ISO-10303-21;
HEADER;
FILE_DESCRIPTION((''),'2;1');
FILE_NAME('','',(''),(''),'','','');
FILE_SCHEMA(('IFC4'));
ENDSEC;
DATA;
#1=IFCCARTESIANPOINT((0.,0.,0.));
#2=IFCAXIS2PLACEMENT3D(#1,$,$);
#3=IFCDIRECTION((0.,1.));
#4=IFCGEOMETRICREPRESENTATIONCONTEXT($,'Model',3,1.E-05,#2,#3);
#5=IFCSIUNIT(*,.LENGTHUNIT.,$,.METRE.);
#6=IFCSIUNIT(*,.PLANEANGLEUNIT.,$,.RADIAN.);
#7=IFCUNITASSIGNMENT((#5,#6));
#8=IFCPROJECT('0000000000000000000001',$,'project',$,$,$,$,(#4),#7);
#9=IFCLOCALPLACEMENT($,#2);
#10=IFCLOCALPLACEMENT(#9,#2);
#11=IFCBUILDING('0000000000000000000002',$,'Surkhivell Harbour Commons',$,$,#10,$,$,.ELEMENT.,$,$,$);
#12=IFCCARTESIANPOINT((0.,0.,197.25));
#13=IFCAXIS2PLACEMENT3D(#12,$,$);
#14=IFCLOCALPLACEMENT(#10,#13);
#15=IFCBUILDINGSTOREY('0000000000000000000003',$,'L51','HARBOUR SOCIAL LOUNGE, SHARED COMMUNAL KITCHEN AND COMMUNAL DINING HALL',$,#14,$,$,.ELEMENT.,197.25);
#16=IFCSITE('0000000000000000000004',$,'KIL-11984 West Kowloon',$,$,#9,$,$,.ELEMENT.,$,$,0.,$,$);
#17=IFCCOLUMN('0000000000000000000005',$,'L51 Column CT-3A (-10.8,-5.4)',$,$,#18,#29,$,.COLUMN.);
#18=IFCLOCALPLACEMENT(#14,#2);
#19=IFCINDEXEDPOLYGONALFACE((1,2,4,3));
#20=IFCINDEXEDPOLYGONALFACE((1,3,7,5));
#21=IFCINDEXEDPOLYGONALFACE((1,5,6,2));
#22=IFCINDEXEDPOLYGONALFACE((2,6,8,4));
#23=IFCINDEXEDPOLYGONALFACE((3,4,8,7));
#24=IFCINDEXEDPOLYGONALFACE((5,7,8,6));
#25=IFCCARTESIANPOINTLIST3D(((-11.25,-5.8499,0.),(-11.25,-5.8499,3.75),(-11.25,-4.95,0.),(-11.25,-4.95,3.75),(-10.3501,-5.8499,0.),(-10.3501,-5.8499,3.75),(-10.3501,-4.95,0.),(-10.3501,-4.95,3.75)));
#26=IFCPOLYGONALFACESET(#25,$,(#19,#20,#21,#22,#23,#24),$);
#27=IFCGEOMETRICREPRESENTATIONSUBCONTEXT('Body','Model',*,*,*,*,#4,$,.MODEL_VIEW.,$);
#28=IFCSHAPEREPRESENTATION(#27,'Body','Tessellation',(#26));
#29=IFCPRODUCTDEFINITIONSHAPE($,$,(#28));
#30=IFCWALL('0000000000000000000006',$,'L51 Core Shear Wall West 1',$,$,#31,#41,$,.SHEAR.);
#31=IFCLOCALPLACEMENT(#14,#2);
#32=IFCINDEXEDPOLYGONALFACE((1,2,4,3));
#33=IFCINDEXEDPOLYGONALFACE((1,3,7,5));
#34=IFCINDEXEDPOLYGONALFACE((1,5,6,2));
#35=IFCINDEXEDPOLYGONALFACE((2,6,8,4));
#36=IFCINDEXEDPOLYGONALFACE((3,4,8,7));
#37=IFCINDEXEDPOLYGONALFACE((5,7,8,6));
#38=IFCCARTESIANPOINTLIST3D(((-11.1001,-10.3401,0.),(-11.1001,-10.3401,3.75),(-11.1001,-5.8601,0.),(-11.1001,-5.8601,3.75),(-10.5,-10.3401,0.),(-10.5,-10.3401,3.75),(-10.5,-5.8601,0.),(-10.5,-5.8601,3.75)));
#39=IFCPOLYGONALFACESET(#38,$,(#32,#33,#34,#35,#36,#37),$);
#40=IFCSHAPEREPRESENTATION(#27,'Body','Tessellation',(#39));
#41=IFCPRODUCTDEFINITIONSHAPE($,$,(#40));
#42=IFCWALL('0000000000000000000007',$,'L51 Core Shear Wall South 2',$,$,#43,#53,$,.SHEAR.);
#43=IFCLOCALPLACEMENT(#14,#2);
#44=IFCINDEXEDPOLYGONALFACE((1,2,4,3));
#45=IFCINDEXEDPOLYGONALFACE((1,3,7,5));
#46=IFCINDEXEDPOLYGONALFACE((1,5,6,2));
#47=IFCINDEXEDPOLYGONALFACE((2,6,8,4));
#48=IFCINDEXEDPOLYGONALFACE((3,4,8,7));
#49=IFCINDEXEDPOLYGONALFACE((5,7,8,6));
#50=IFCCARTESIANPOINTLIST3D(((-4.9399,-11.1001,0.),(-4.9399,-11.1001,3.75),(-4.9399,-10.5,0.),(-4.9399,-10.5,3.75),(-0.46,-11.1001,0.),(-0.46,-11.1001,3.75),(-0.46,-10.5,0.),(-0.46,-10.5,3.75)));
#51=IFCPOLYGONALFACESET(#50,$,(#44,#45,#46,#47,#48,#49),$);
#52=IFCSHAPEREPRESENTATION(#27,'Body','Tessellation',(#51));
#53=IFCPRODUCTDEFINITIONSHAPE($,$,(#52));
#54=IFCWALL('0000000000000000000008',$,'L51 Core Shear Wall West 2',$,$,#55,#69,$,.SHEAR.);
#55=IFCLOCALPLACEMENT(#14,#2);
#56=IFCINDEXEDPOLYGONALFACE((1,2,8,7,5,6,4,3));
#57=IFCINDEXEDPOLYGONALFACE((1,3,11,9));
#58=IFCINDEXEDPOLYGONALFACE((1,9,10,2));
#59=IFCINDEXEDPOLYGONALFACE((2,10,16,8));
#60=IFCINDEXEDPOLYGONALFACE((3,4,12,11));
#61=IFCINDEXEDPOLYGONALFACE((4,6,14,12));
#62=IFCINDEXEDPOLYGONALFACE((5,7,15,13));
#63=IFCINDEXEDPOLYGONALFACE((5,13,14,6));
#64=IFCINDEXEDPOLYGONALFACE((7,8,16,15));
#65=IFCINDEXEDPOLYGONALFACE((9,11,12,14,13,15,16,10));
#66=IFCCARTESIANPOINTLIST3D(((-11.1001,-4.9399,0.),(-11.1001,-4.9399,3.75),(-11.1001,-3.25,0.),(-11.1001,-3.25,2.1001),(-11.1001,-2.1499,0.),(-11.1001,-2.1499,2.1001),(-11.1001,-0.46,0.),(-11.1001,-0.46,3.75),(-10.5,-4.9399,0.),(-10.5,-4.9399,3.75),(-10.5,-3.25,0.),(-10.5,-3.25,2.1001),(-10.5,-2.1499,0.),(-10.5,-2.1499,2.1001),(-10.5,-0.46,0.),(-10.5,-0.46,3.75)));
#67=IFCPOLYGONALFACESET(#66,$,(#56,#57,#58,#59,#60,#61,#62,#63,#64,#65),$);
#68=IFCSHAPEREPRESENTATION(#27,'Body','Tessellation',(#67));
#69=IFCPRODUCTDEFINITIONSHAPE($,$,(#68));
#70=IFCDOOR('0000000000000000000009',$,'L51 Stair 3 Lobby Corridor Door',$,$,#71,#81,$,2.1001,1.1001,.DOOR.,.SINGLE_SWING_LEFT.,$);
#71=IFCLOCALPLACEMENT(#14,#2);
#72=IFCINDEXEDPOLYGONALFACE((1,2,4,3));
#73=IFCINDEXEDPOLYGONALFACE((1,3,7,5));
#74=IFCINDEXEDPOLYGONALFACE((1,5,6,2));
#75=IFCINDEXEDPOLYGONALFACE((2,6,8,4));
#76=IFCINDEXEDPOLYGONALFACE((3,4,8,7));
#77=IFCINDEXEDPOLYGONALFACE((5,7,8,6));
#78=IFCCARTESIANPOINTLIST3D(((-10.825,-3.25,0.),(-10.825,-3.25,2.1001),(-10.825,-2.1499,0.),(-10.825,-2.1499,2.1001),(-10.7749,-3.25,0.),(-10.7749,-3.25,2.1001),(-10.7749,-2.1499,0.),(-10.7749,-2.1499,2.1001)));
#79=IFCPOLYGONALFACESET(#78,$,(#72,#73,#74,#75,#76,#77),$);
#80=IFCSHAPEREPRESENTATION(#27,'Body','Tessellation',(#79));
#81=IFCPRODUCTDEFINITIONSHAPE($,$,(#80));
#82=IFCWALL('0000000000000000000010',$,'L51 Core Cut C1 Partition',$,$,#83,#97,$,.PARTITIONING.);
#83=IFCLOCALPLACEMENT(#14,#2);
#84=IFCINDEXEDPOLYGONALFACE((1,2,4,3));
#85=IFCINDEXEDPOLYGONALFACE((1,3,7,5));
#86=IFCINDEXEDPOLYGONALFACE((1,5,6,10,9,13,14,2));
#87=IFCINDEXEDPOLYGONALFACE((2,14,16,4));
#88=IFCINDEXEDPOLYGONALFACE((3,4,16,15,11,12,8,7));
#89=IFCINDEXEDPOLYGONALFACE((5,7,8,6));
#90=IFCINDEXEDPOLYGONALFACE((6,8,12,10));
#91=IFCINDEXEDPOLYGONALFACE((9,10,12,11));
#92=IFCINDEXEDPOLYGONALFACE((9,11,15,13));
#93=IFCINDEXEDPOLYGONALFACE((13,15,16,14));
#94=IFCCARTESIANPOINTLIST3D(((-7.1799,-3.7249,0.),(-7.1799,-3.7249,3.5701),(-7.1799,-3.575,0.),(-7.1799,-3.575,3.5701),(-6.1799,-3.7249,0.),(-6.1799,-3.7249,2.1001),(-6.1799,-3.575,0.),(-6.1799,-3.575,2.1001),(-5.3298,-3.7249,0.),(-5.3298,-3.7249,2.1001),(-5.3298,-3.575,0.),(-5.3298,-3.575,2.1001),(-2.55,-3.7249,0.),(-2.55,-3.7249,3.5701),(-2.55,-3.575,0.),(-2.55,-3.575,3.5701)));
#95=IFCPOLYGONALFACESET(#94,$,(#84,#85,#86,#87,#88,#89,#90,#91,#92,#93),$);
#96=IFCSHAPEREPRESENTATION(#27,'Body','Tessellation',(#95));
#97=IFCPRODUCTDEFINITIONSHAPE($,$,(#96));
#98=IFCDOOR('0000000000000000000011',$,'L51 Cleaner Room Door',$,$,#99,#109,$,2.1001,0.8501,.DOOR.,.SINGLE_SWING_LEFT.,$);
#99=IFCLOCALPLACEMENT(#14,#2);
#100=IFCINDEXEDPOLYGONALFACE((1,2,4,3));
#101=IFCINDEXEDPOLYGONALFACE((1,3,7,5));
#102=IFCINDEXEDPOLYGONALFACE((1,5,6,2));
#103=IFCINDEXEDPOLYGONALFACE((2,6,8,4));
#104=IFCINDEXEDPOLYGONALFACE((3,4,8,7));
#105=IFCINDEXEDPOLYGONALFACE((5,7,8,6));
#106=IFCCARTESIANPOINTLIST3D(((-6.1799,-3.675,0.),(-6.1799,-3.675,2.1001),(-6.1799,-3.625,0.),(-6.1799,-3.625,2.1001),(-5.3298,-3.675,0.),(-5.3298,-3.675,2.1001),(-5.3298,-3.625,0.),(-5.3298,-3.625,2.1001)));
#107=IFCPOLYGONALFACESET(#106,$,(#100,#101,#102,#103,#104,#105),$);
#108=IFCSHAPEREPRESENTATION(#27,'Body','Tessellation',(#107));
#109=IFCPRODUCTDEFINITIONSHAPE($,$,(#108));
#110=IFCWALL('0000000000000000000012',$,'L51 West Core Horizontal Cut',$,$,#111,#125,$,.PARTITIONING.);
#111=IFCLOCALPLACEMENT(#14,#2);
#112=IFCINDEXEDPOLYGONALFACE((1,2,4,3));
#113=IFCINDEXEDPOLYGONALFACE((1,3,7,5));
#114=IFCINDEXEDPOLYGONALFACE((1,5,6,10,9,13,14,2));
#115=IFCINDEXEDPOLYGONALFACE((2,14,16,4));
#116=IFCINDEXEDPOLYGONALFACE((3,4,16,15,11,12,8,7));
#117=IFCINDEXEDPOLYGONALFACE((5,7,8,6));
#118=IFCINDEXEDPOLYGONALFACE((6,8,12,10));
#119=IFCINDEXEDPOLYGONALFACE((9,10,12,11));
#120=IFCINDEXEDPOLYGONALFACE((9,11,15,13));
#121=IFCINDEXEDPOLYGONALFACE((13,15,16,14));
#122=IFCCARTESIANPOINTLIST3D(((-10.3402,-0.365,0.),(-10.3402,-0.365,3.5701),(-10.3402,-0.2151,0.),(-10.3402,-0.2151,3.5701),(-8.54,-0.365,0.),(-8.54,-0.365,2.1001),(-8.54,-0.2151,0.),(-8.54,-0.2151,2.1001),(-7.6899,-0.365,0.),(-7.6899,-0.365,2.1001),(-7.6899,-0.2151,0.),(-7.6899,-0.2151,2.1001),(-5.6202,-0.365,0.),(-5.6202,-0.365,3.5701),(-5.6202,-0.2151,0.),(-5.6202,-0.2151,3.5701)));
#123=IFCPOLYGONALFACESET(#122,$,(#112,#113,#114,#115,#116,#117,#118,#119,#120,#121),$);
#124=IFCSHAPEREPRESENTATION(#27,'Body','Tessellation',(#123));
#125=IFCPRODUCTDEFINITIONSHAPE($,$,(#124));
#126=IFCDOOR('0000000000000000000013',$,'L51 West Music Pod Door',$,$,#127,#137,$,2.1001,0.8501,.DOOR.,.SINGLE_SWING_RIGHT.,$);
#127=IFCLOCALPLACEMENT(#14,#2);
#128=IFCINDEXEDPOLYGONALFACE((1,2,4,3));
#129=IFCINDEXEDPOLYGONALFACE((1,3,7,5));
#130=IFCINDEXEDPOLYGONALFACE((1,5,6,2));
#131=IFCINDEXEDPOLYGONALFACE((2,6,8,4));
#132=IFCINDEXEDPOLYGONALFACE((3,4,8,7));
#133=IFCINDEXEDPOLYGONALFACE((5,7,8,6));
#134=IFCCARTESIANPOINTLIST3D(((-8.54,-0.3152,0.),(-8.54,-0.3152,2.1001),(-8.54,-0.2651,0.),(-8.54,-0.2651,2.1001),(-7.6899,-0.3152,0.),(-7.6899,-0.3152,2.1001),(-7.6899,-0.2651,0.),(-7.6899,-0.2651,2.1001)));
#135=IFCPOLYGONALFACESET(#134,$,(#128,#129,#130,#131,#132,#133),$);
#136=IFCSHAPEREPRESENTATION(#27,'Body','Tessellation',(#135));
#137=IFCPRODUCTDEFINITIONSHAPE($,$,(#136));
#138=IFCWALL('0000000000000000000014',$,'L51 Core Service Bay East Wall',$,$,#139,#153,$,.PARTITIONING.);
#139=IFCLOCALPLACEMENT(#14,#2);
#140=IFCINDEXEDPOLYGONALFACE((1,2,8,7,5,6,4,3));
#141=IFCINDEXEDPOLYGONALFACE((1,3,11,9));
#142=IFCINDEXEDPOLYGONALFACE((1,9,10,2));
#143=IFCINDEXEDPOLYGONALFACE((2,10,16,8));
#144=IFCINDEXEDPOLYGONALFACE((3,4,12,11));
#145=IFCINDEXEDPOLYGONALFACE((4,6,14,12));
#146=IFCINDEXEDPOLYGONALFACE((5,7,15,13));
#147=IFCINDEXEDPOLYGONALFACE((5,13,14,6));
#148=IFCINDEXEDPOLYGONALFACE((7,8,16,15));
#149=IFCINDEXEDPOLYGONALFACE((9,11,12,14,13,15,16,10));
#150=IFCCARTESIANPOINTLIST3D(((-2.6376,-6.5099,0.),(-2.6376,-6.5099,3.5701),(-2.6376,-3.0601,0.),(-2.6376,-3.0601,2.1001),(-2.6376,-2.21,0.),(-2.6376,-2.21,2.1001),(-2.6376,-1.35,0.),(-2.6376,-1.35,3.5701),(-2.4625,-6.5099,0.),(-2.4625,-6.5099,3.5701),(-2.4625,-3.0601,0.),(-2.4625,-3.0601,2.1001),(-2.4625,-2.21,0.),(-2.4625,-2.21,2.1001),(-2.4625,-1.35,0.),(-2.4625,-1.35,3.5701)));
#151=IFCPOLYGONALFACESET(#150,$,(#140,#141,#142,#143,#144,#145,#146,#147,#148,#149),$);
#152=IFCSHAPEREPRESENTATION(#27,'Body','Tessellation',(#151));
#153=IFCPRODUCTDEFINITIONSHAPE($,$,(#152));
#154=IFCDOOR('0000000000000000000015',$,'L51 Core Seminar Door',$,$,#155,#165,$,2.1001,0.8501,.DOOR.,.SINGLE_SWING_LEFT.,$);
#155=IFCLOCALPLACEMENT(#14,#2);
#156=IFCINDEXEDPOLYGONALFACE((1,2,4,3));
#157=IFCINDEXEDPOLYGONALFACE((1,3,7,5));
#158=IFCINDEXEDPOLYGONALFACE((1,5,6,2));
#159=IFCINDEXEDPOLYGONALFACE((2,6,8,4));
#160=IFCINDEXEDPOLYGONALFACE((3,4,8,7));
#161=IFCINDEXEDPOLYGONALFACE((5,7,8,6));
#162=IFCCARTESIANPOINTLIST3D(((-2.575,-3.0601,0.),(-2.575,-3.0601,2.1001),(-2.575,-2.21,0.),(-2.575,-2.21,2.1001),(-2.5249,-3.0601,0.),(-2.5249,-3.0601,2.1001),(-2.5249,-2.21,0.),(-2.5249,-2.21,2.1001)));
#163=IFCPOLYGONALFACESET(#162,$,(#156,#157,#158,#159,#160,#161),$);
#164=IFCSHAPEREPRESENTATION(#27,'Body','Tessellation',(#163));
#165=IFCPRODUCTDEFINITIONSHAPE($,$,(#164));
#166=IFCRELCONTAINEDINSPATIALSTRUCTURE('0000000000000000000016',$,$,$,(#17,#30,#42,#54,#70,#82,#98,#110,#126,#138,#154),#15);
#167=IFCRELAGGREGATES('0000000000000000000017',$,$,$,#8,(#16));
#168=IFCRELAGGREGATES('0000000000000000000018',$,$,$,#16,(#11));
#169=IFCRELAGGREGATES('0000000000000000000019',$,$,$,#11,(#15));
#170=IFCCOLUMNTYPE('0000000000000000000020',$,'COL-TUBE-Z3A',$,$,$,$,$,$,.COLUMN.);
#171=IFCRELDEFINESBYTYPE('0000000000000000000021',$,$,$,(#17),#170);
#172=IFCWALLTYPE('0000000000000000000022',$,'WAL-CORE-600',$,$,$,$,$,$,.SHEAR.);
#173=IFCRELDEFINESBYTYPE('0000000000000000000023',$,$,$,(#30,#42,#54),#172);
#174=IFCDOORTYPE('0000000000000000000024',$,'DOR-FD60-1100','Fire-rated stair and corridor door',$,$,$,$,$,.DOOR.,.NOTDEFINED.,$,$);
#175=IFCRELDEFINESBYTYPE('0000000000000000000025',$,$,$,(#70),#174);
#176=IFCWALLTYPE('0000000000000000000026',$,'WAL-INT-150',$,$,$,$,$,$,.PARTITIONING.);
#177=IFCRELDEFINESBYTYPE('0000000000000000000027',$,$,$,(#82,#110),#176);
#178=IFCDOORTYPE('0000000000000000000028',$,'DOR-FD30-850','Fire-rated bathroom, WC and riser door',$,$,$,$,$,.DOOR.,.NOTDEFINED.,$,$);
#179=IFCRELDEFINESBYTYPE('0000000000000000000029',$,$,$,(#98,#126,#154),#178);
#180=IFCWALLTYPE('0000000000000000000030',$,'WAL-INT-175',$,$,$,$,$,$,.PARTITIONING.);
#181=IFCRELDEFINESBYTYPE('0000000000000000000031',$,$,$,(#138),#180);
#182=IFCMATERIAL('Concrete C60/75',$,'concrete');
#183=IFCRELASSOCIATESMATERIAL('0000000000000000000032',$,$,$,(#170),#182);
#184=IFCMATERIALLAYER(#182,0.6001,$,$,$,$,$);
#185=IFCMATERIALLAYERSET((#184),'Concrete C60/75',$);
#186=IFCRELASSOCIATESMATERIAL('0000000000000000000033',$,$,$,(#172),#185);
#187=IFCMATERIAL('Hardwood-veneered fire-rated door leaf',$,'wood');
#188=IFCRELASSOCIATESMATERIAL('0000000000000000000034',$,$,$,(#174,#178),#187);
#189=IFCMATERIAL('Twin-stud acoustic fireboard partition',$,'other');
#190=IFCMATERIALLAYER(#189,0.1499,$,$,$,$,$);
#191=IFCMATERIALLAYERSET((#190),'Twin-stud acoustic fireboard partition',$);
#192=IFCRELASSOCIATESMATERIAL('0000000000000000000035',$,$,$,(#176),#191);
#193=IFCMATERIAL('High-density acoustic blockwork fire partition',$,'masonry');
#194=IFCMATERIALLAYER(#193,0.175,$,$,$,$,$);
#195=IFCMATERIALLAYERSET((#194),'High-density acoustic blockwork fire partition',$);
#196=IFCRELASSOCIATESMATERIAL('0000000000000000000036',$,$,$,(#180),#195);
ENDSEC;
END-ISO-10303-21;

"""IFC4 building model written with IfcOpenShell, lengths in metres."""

from ifc_helpers import new_model, si_unit, direction, frame, frame_2d, origin, origin_2d, place, context, subcontext, project, spatial, rectangle, extrude, material, layer, layer_set, material_profile, profile_set, type_object, element, fill, save


model = new_model("IFC4")

# Units and contexts
model_context = context("Model", 3, precision=1e-05, world=origin(), true_north=direction((0.0, 1.0)))
body_context = subcontext(model_context, "Body", "Model", "MODEL_VIEW")
ifc_project = project(units=[si_unit("LENGTHUNIT", "METRE"), si_unit("PLANEANGLEUNIT", "RADIAN")], contexts=[model_context])

# Site, building, storey
site_placement = place(None, origin())
site = spatial("IfcSite", under=ifc_project, at=site_placement, Name="KIL-11984 West Kowloon", CompositionType="ELEMENT", RefElevation=0.0)
building_placement = place(site_placement, origin())
building = spatial("IfcBuilding", under=site, at=building_placement, Name="Surkhivell Harbour Commons", CompositionType="ELEMENT")
storey_placement = place(building_placement, frame((0.0, 0.0, 197.25)))
storey = spatial("IfcBuildingStorey", under=building, at=storey_placement, Name="L51", Description="HARBOUR SOCIAL LOUNGE, SHARED COMMUNAL KITCHEN AND COMMUNAL DINING HALL", CompositionType="ELEMENT", Elevation=197.25)

# Column
ifc_material_1 = material(Name="Concrete C60/75", Category="concrete")
ifc_material_profile = material_profile(ifc_material_1, rectangle(XDim=0.8999, YDim=0.8999, at=origin_2d()), Name="RC-COL-900x900")
ifc_profile_set = profile_set([ifc_material_profile], Name="Concrete C60/75")
column_type = type_object("IfcColumnType", Name="COL-TUBE-Z3A", PredefinedType="COLUMN", material=ifc_profile_set)
column_placement = place(storey_placement, frame((-10.8, -5.3999, 0.0), z_axis=(0.0, 0.0, 1.0), x_axis=(1.0, 0.0, 0.0)))
element("IfcColumn", 1, at=column_placement, inside=storey, type_object=column_type, Name="L51 Column CT-3A (-10.8,-5.4)", PredefinedType="COLUMN", context=body_context, shape_type="SweptSolid", body=[
    extrude(rectangle(XDim=0.8999, YDim=0.8999, at=origin_2d()), origin(), (0.0, 0.0, 1.0), 3.75),
])

# Walls
ifc_layer_1 = layer(ifc_material_1, 0.6001)
ifc_layer_set_1 = layer_set([ifc_layer_1], Name="Concrete C60/75")
wall_type_1 = type_object("IfcWallType", Name="WAL-CORE-600", PredefinedType="SHEAR", material=ifc_layer_set_1)
for number, where, z_axis, x_axis, name in (
    (2, (-10.8, -10.3401, 0.0), (0.0, 0.0, 1.0), (0.0, 1.0, 0.0), "L51 Core Shear Wall West 1"),
    (3, (-4.9399, -10.8, 0.0), (0.0, 0.0, 1.0), (1.0, 0.0, 0.0), "L51 Core Shear Wall South 2"),
):
    element("IfcWall", number, at=place(storey_placement, frame(where, z_axis=z_axis, x_axis=x_axis)), inside=storey, type_object=wall_type_1, Name=name, PredefinedType="SHEAR", context=body_context, shape_type="SweptSolid", body=[
        extrude(rectangle(XDim=4.48, YDim=0.6001, at=frame_2d((2.24, 0.0))), origin(), (0.0, 0.0, 1.0), 3.75),
    ])

# Walls, openings, doors
wall_1_placement = place(storey_placement, frame((-10.8, -4.9399, 0.0), z_axis=(0.0, 0.0, 1.0), x_axis=(0.0, 1.0, 0.0)))
wall_1 = element("IfcWall", 4, at=wall_1_placement, inside=storey, type_object=wall_type_1, Name="L51 Core Shear Wall West 2", PredefinedType="SHEAR", context=body_context, shape_type="SweptSolid", body=[
    extrude(rectangle(XDim=4.48, YDim=0.6001, at=frame_2d((2.24, 0.0))), origin(), (0.0, 0.0, 1.0), 3.75),
])
opening_1_placement = place(wall_1_placement, frame((1.6899, 0.0, 0.0)))
opening_1 = element("IfcOpeningElement", 5, at=opening_1_placement, cuts=wall_1, PredefinedType="OPENING", context=body_context, shape_type="SweptSolid", body=[
    extrude(rectangle(XDim=1.1001, YDim=2.1001, at=frame_2d((0.55, 1.05))), frame((0.0, 0.3101, 0.0), z_axis=(0.0, -1.0, 0.0), x_axis=(1.0, 0.0, 0.0)), (0.0, 0.0, 1.0), 0.6201),
])
ifc_material_2 = material(Name="Hardwood-veneered fire-rated door leaf", Category="wood")
door_type_1 = type_object("IfcDoorType", Name="DOR-FD60-1100", Description="Fire-rated stair and corridor door", OperationType="NOTDEFINED", PredefinedType="DOOR", material=ifc_material_2)
door_1_placement = place(opening_1_placement, origin())
door_1 = element("IfcDoor", 6, at=door_1_placement, inside=storey, type_object=door_type_1, Name="L51 Stair 3 Lobby Corridor Door", OperationType="SINGLE_SWING_LEFT", OverallHeight=2.1001, OverallWidth=1.1001, PredefinedType="DOOR", context=body_context, shape_type="SweptSolid", body=[
    extrude(rectangle(XDim=1.1001, YDim=2.1001, at=frame_2d((0.55, 1.05))), frame((0.0, 0.0249, 0.0), z_axis=(0.0, -1.0, 0.0), x_axis=(1.0, 0.0, 0.0)), (0.0, 0.0, 1.0), 0.05),
])
fill(opening_1, door_1)
ifc_material_3 = material(Name="Twin-stud acoustic fireboard partition", Category="other")
ifc_layer_2 = layer(ifc_material_3, 0.1499)
ifc_layer_set_2 = layer_set([ifc_layer_2], Name="Twin-stud acoustic fireboard partition")
wall_type_2 = type_object("IfcWallType", Name="WAL-INT-150", PredefinedType="PARTITIONING", material=ifc_layer_set_2)
wall_2_placement = place(storey_placement, frame((-7.1799, -3.6499, 0.0), z_axis=(0.0, 0.0, 1.0), x_axis=(1.0, 0.0, 0.0)))
wall_2 = element("IfcWall", 7, at=wall_2_placement, inside=storey, type_object=wall_type_2, Name="L51 Core Cut C1 Partition", PredefinedType="PARTITIONING", context=body_context, shape_type="SweptSolid", body=[
    extrude(rectangle(XDim=4.6299, YDim=0.1499, at=frame_2d((2.3149, 0.0))), origin(), (0.0, 0.0, 1.0), 3.5701),
])
opening_2_placement = place(wall_2_placement, frame((1.0, 0.0, 0.0)))
opening_2 = element("IfcOpeningElement", 8, at=opening_2_placement, cuts=wall_2, PredefinedType="OPENING", context=body_context, shape_type="SweptSolid", body=[
    extrude(rectangle(XDim=0.8501, YDim=2.1001, at=frame_2d((0.425, 1.05))), frame((0.0, 0.085, 0.0), z_axis=(0.0, -1.0, 0.0), x_axis=(1.0, 0.0, 0.0)), (0.0, 0.0, 1.0), 0.1699),
])
door_type_2 = type_object("IfcDoorType", Name="DOR-FD30-850", Description="Fire-rated bathroom, WC and riser door", OperationType="NOTDEFINED", PredefinedType="DOOR", material=ifc_material_2)
door_2_placement = place(opening_2_placement, origin())
door_2 = element("IfcDoor", 9, at=door_2_placement, inside=storey, type_object=door_type_2, Name="L51 Cleaner Room Door", OperationType="SINGLE_SWING_LEFT", OverallHeight=2.1001, OverallWidth=0.8501, PredefinedType="DOOR", context=body_context, shape_type="SweptSolid", body=[
    extrude(rectangle(XDim=0.8501, YDim=2.1001, at=frame_2d((0.425, 1.05))), frame((0.0, 0.0249, 0.0), z_axis=(0.0, -1.0, 0.0), x_axis=(1.0, 0.0, 0.0)), (0.0, 0.0, 1.0), 0.05),
])
fill(opening_2, door_2)
wall_3_placement = place(storey_placement, frame((-10.3401, -0.29, 0.0), z_axis=(0.0, 0.0, 1.0), x_axis=(1.0, 0.0, 0.0)))
wall_3 = element("IfcWall", 10, at=wall_3_placement, inside=storey, type_object=wall_type_2, Name="L51 West Core Horizontal Cut", PredefinedType="PARTITIONING", context=body_context, shape_type="SweptSolid", body=[
    extrude(rectangle(XDim=4.72, YDim=0.1499, at=frame_2d((2.3599, 0.0))), origin(), (0.0, 0.0, 1.0), 3.5701),
])
opening_3_placement = place(wall_3_placement, frame((1.8, 0.0, 0.0)))
opening_3 = element("IfcOpeningElement", 11, at=opening_3_placement, cuts=wall_3, PredefinedType="OPENING", context=body_context, shape_type="SweptSolid", body=[
    extrude(rectangle(XDim=0.8501, YDim=2.1001, at=frame_2d((0.425, 1.05))), frame((0.0, 0.085, 0.0), z_axis=(0.0, -1.0, 0.0), x_axis=(1.0, 0.0, 0.0)), (0.0, 0.0, 1.0), 0.1699),
])
door_3_placement = place(opening_3_placement, origin())
door_3 = element("IfcDoor", 12, at=door_3_placement, inside=storey, type_object=door_type_2, Name="L51 West Music Pod Door", OperationType="SINGLE_SWING_RIGHT", OverallHeight=2.1001, OverallWidth=0.8501, PredefinedType="DOOR", context=body_context, shape_type="SweptSolid", body=[
    extrude(rectangle(XDim=0.8501, YDim=2.1001, at=frame_2d((0.425, 1.05))), frame((0.0, 0.0249, 0.0), z_axis=(0.0, -1.0, 0.0), x_axis=(1.0, 0.0, 0.0)), (0.0, 0.0, 1.0), 0.05),
])
fill(opening_3, door_3)
ifc_material_4 = material(Name="High-density acoustic blockwork fire partition", Category="masonry")
ifc_layer_3 = layer(ifc_material_4, 0.175)
ifc_layer_set_3 = layer_set([ifc_layer_3], Name="High-density acoustic blockwork fire partition")
wall_type_3 = type_object("IfcWallType", Name="WAL-INT-175", PredefinedType="PARTITIONING", material=ifc_layer_set_3)
wall_4_placement = place(storey_placement, frame((-2.55, -6.51, 0.0), z_axis=(0.0, 0.0, 1.0), x_axis=(0.0, 1.0, 0.0)))
wall_4 = element("IfcWall", 13, at=wall_4_placement, inside=storey, type_object=wall_type_3, Name="L51 Core Service Bay East Wall", PredefinedType="PARTITIONING", context=body_context, shape_type="SweptSolid", body=[
    extrude(rectangle(XDim=5.1599, YDim=0.175, at=frame_2d((2.5801, 0.0))), origin(), (0.0, 0.0, 1.0), 3.5701),
])
opening_4_placement = place(wall_4_placement, frame((3.45, 0.0, 0.0)))
opening_4 = element("IfcOpeningElement", 14, at=opening_4_placement, cuts=wall_4, PredefinedType="OPENING", context=body_context, shape_type="SweptSolid", body=[
    extrude(rectangle(XDim=0.8501, YDim=2.1001, at=frame_2d((0.425, 1.05))), frame((0.0, 0.0974, 0.0), z_axis=(0.0, -1.0, 0.0), x_axis=(1.0, 0.0, 0.0)), (0.0, 0.0, 1.0), 0.1951),
])
door_4_placement = place(opening_4_placement, origin())
door_4 = element("IfcDoor", 15, at=door_4_placement, inside=storey, type_object=door_type_2, Name="L51 Core Seminar Door", OperationType="SINGLE_SWING_LEFT", OverallHeight=2.1001, OverallWidth=0.8501, PredefinedType="DOOR", context=body_context, shape_type="SweptSolid", body=[
    extrude(rectangle(XDim=0.8501, YDim=2.1001, at=frame_2d((0.425, 1.05))), frame((0.0, 0.0249, 0.0), z_axis=(0.0, -1.0, 0.0), x_axis=(1.0, 0.0, 0.0)), (0.0, 0.0, 1.0), 0.05),
])
fill(opening_4, door_4)

save(model, "model.ifc")
